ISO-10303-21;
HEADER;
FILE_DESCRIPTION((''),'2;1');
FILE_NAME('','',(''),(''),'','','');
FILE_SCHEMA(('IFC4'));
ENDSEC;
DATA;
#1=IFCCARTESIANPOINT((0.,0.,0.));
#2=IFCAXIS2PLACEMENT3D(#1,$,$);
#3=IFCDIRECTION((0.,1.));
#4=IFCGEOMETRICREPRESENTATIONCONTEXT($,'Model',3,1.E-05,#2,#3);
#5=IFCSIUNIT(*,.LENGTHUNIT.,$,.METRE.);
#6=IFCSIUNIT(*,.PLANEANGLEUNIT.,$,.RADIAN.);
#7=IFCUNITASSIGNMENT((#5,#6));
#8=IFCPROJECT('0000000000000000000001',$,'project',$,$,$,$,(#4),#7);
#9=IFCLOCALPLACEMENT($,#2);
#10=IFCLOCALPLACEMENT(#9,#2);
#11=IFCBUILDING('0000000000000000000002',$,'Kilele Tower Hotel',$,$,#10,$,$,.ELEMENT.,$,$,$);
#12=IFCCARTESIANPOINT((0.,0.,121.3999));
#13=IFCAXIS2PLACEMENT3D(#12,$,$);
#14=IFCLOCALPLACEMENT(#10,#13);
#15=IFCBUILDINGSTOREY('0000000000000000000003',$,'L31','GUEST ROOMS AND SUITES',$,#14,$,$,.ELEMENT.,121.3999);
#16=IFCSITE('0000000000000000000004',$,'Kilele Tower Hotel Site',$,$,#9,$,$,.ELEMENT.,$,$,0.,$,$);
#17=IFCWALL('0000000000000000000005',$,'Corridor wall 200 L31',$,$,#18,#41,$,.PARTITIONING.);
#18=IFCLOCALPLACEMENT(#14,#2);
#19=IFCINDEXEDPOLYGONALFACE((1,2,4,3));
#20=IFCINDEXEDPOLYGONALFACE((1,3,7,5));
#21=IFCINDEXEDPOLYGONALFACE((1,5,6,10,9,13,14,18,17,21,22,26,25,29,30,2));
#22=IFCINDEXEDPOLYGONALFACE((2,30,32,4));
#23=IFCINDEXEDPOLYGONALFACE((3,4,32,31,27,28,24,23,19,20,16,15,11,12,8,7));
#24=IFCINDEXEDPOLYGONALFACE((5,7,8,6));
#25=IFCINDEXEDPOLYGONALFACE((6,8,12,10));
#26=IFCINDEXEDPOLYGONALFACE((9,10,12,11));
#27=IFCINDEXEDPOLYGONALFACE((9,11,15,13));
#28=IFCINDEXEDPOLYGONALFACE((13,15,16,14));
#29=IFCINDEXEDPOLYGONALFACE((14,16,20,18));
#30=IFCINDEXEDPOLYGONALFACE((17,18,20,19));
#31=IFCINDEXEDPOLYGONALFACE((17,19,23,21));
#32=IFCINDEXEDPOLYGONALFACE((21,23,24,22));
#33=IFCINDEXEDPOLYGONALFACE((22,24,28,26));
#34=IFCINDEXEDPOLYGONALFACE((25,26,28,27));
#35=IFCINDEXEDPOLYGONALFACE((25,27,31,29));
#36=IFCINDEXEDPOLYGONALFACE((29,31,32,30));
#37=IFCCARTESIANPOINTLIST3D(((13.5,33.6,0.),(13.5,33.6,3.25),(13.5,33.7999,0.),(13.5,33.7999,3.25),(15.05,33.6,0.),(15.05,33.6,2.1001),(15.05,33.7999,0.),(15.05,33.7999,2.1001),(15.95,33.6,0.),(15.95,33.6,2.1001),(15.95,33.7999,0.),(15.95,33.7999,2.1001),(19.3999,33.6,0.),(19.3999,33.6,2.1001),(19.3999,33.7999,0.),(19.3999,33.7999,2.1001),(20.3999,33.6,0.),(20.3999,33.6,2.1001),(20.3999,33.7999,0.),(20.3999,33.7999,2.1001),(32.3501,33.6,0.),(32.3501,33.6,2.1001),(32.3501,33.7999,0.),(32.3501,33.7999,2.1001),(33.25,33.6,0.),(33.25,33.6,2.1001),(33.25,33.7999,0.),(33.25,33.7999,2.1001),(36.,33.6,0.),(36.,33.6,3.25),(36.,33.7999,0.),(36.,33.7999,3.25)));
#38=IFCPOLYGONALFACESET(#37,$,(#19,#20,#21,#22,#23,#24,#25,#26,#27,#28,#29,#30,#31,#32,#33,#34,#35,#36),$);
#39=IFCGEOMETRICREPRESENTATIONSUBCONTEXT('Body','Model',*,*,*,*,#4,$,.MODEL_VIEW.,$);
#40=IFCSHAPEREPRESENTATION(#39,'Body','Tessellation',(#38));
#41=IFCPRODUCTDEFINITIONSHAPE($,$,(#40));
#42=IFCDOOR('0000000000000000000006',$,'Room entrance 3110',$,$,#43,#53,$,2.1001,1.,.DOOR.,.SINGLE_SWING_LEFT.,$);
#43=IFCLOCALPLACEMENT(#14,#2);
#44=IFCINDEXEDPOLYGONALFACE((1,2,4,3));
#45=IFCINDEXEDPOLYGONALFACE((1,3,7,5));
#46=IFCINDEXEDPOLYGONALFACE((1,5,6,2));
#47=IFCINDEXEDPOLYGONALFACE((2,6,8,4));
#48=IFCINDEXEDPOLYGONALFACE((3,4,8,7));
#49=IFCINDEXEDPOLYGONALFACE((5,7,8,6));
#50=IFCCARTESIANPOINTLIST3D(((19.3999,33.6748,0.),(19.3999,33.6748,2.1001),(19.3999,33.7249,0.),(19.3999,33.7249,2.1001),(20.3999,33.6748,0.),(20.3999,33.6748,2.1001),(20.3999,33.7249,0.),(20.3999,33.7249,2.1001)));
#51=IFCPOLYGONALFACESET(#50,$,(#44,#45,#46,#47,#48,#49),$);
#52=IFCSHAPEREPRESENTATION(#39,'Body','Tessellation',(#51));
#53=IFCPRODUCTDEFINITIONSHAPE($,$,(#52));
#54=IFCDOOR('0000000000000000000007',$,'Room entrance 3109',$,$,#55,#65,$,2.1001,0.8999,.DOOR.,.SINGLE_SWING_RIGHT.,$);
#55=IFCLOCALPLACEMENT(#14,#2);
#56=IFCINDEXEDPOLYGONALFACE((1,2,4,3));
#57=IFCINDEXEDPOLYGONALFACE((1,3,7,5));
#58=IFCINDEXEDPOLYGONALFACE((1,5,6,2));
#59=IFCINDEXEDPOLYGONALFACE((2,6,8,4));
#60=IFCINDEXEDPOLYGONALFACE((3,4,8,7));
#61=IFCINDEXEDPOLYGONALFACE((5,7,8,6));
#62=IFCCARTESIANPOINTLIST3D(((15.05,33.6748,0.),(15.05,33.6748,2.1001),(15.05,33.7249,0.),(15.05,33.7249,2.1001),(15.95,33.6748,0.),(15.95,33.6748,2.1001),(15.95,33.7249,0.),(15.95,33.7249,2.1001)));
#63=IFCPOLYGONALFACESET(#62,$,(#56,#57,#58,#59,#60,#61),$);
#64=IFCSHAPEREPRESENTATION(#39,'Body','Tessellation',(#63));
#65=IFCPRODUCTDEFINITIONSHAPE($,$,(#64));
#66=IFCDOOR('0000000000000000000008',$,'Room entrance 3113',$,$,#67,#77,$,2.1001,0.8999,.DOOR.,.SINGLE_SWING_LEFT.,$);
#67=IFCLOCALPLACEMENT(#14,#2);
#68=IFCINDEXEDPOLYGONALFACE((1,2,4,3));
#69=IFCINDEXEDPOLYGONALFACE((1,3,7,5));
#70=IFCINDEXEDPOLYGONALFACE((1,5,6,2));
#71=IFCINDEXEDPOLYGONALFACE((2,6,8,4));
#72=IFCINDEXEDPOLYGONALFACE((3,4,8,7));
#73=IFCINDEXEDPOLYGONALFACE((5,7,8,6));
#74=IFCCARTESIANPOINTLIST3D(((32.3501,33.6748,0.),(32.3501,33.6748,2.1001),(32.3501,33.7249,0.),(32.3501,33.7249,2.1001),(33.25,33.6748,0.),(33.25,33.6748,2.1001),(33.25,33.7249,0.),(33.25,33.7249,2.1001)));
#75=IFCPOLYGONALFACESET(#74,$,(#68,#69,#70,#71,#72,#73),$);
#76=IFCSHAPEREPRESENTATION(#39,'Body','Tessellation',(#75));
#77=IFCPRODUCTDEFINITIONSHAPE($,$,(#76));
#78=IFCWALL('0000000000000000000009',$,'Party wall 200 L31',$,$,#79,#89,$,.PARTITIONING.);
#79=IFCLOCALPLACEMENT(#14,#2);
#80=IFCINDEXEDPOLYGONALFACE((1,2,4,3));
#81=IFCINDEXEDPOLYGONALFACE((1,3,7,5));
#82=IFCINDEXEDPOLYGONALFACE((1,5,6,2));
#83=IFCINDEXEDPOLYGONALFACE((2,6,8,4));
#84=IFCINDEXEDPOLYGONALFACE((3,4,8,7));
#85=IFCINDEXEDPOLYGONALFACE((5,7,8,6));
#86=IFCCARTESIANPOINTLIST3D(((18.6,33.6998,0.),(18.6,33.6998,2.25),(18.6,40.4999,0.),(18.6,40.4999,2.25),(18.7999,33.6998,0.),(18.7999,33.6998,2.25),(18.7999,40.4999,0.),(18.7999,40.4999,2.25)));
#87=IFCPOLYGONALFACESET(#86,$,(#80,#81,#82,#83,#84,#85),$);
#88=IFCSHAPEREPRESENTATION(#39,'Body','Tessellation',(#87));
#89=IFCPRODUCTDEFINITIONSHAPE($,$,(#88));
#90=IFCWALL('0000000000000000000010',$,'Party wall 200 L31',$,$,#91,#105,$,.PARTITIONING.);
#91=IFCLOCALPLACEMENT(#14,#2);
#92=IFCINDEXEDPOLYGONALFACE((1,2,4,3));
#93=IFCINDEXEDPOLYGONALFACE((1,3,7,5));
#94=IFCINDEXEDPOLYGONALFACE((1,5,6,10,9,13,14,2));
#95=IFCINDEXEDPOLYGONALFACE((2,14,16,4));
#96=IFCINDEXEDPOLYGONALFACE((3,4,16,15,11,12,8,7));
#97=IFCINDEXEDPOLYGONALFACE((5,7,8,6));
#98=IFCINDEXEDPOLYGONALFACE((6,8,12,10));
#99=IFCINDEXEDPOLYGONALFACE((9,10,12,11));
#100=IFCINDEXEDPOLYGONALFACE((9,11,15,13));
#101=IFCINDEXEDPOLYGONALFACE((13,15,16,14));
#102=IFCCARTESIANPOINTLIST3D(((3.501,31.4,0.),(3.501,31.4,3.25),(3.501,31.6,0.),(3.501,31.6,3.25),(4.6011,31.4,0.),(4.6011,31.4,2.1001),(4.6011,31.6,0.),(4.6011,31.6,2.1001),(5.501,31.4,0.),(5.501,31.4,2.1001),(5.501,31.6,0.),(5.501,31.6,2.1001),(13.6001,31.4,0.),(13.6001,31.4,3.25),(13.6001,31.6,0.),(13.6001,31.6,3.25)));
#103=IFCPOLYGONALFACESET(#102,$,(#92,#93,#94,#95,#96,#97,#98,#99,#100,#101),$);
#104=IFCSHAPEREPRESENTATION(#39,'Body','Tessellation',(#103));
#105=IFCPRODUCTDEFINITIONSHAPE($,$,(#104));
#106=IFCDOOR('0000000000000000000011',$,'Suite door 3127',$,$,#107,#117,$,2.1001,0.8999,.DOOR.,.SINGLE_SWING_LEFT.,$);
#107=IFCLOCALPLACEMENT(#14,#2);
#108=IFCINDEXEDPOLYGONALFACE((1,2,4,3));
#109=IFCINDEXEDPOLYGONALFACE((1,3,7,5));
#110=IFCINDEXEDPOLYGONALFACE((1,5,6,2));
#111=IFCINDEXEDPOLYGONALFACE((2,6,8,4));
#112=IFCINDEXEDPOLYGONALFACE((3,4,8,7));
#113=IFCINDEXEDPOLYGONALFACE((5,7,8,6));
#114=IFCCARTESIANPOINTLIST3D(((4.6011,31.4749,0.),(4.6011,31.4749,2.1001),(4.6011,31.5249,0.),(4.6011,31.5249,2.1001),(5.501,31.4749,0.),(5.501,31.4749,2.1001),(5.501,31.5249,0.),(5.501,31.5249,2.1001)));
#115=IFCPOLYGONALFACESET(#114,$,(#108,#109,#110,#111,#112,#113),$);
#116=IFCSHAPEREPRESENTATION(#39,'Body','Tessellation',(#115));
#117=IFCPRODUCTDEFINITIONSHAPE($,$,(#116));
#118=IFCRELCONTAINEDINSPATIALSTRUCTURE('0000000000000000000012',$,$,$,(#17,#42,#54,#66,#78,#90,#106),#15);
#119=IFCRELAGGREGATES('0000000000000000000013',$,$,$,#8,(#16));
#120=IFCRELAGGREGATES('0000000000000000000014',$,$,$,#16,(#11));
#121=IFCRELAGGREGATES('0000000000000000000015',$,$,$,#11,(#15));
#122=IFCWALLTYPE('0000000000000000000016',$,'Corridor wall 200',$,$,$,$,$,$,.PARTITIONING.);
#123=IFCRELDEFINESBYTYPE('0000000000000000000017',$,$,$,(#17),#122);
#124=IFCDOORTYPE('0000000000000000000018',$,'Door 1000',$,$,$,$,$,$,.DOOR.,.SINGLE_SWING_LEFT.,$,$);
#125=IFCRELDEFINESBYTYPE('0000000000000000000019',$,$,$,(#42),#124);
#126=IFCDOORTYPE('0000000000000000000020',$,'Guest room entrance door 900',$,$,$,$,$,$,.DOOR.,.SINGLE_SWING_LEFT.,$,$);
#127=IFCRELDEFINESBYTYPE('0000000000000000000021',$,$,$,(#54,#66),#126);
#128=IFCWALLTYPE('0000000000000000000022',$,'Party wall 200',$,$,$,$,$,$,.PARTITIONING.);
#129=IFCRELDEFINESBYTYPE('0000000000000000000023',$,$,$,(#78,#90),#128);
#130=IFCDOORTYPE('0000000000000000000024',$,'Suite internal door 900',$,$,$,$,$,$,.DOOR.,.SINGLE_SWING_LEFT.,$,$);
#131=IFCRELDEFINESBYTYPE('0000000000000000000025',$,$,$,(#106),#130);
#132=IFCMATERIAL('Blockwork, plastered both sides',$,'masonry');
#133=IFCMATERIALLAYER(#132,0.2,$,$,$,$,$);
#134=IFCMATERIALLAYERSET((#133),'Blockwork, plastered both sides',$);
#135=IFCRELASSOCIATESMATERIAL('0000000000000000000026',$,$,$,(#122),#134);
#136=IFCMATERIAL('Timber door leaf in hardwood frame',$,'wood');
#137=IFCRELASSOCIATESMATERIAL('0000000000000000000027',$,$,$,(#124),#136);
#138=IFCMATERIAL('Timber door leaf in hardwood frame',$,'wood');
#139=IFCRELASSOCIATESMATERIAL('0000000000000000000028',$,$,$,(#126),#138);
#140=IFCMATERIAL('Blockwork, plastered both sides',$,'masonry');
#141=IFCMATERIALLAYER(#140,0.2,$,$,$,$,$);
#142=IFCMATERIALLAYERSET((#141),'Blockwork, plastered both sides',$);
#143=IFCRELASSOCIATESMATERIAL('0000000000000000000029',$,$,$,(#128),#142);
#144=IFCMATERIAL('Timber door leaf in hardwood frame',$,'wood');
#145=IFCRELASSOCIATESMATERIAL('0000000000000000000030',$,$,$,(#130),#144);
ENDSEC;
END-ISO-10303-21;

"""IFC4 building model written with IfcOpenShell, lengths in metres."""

from ifc_helpers import new_model, si_unit, direction, frame, frame_2d, origin, place, context, subcontext, project, spatial, rectangle, extrude, material, layer, layer_set, type_object, element, fill, save


model = new_model("IFC4")

# Units and contexts
model_context = context("Model", 3, precision=1e-05, world=origin(), true_north=direction((0.0, 1.0)))
body_context = subcontext(model_context, "Body", "Model", "MODEL_VIEW")
ifc_project = project(units=[si_unit("LENGTHUNIT", "METRE"), si_unit("PLANEANGLEUNIT", "RADIAN")], contexts=[model_context])

# Site, building, storey
site_placement = place(None, origin())
site = spatial("IfcSite", under=ifc_project, at=site_placement, Name="Kilele Tower Hotel Site", CompositionType="ELEMENT", RefElevation=0.0)
building_placement = place(site_placement, origin())
building = spatial("IfcBuilding", under=site, at=building_placement, Name="Kilele Tower Hotel", CompositionType="ELEMENT")
storey_placement = place(building_placement, frame((0.0, 0.0, 121.3999)))
storey = spatial("IfcBuildingStorey", under=building, at=storey_placement, Name="L31", Description="GUEST ROOMS AND SUITES", CompositionType="ELEMENT", Elevation=121.3999)

# Wall, openings, doors
ifc_material_1 = material(Name="Blockwork, plastered both sides", Category="masonry")
ifc_layer_1 = layer(ifc_material_1, 0.2)
ifc_layer_set_1 = layer_set([ifc_layer_1], Name="Blockwork, plastered both sides")
wall_type_1 = type_object("IfcWallType", Name="Corridor wall 200", PredefinedType="PARTITIONING", material=ifc_layer_set_1)
wall_1_placement = place(storey_placement, frame((13.5, 33.7, 0.0), z_axis=(0.0, 0.0, 1.0), x_axis=(1.0, 0.0, 0.0)))
wall_1 = element("IfcWall", 1, at=wall_1_placement, inside=storey, type_object=wall_type_1, Name="Corridor wall 200 L31", PredefinedType="PARTITIONING", context=body_context, shape_type="SweptSolid", body=[
    extrude(rectangle(XDim=22.5, YDim=0.2, at=frame_2d((11.25, 0.0))), origin(), (0.0, 0.0, 1.0), 3.25),
])
opening_1_placement = place(wall_1_placement, frame((1.55, 0.0, 0.0)))
opening_1 = element("IfcOpeningElement", 2, at=opening_1_placement, cuts=wall_1, PredefinedType="OPENING", context=body_context, shape_type="SweptSolid", body=[
    extrude(rectangle(XDim=0.8999, YDim=2.1001, at=frame_2d((0.45, 1.05))), frame((0.0, 0.1099, 0.0), z_axis=(0.0, -1.0, 0.0), x_axis=(1.0, 0.0, 0.0)), (0.0, 0.0, 1.0), 0.22),
])
opening_2_placement = place(wall_1_placement, frame((5.8999, 0.0, 0.0)))
opening_2 = element("IfcOpeningElement", 3, at=opening_2_placement, cuts=wall_1, PredefinedType="OPENING", context=body_context, shape_type="SweptSolid", body=[
    extrude(rectangle(XDim=1.0, YDim=2.1001, at=frame_2d((0.5, 1.05))), frame((0.0, 0.1099, 0.0), z_axis=(0.0, -1.0, 0.0), x_axis=(1.0, 0.0, 0.0)), (0.0, 0.0, 1.0), 0.22),
])
opening_3_placement = place(wall_1_placement, frame((18.8501, 0.0, 0.0)))
opening_3 = element("IfcOpeningElement", 4, at=opening_3_placement, cuts=wall_1, PredefinedType="OPENING", context=body_context, shape_type="SweptSolid", body=[
    extrude(rectangle(XDim=0.8999, YDim=2.1001, at=frame_2d((0.45, 1.05))), frame((0.0, 0.1099, 0.0), z_axis=(0.0, -1.0, 0.0), x_axis=(1.0, 0.0, 0.0)), (0.0, 0.0, 1.0), 0.22),
])
ifc_material_2 = material(Name="Timber door leaf in hardwood frame", Category="wood")
door_type_1 = type_object("IfcDoorType", Name="Door 1000", OperationType="SINGLE_SWING_LEFT", PredefinedType="DOOR", material=ifc_material_2)
door_1_placement = place(opening_2_placement, origin())
door_1 = element("IfcDoor", 5, at=door_1_placement, inside=storey, type_object=door_type_1, Name="Room entrance 3110", OperationType="SINGLE_SWING_LEFT", OverallHeight=2.1001, OverallWidth=1.0, PredefinedType="DOOR", context=body_context, shape_type="SweptSolid", body=[
    extrude(rectangle(XDim=1.0, YDim=2.1001, at=frame_2d((0.5, 1.05))), frame((0.0, 0.0249, 0.0), z_axis=(0.0, -1.0, 0.0), x_axis=(1.0, 0.0, 0.0)), (0.0, 0.0, 1.0), 0.05),
])
fill(opening_2, door_1)
ifc_material_3 = material(Name="Timber door leaf in hardwood frame", Category="wood")
door_type_2 = type_object("IfcDoorType", Name="Guest room entrance door 900", OperationType="SINGLE_SWING_LEFT", PredefinedType="DOOR", material=ifc_material_3)
door_2_placement = place(opening_1_placement, origin())
door_2 = element("IfcDoor", 6, at=door_2_placement, inside=storey, type_object=door_type_2, Name="Room entrance 3109", OperationType="SINGLE_SWING_RIGHT", OverallHeight=2.1001, OverallWidth=0.8999, PredefinedType="DOOR", context=body_context, shape_type="SweptSolid", body=[
    extrude(rectangle(XDim=0.8999, YDim=2.1001, at=frame_2d((0.45, 1.05))), frame((0.0, 0.0249, 0.0), z_axis=(0.0, -1.0, 0.0), x_axis=(1.0, 0.0, 0.0)), (0.0, 0.0, 1.0), 0.05),
])
fill(opening_1, door_2)
door_3_placement = place(opening_3_placement, origin())
door_3 = element("IfcDoor", 7, at=door_3_placement, inside=storey, type_object=door_type_2, Name="Room entrance 3113", OperationType="SINGLE_SWING_LEFT", OverallHeight=2.1001, OverallWidth=0.8999, PredefinedType="DOOR", context=body_context, shape_type="SweptSolid", body=[
    extrude(rectangle(XDim=0.8999, YDim=2.1001, at=frame_2d((0.45, 1.05))), frame((0.0, 0.0249, 0.0), z_axis=(0.0, -1.0, 0.0), x_axis=(1.0, 0.0, 0.0)), (0.0, 0.0, 1.0), 0.05),
])
fill(opening_3, door_3)

# Wall
ifc_material_4 = material(Name="Blockwork, plastered both sides", Category="masonry")
ifc_layer_2 = layer(ifc_material_4, 0.2)
ifc_layer_set_2 = layer_set([ifc_layer_2], Name="Blockwork, plastered both sides")
wall_type_2 = type_object("IfcWallType", Name="Party wall 200", PredefinedType="PARTITIONING", material=ifc_layer_set_2)
wall_2_placement = place(storey_placement, frame((18.7, 33.7, 0.0), z_axis=(0.0, 0.0, 1.0), x_axis=(0.0, 1.0, 0.0)))
element("IfcWall", 8, at=wall_2_placement, inside=storey, type_object=wall_type_2, Name="Party wall 200 L31", PredefinedType="PARTITIONING", context=body_context, shape_type="SweptSolid", body=[
    extrude(rectangle(XDim=6.8, YDim=0.2, at=frame_2d((3.3999, 0.0))), origin(), (0.0, 0.0, 1.0), 2.25),
])

# Wall, opening, door
wall_3_placement = place(storey_placement, frame((13.6001, 31.5, 0.0), z_axis=(0.0, 0.0, 1.0), x_axis=(-1.0, 0.0, 0.0)))
wall_3 = element("IfcWall", 9, at=wall_3_placement, inside=storey, type_object=wall_type_2, Name="Party wall 200 L31", PredefinedType="PARTITIONING", context=body_context, shape_type="SweptSolid", body=[
    extrude(rectangle(XDim=10.0991, YDim=0.2, at=frame_2d((5.0496, 0.0))), origin(), (0.0, 0.0, 1.0), 3.25),
])
opening_4_placement = place(wall_3_placement, frame((8.999, 0.0, 0.0), z_axis=(0.0, 0.0, 1.0), x_axis=(-1.0, 0.0, 0.0)))
opening_4 = element("IfcOpeningElement", 10, at=opening_4_placement, cuts=wall_3, PredefinedType="OPENING", context=body_context, shape_type="SweptSolid", body=[
    extrude(rectangle(XDim=0.8999, YDim=2.1001, at=frame_2d((0.45, 1.05))), frame((0.0, 0.1099, 0.0), z_axis=(0.0, -1.0, 0.0), x_axis=(1.0, 0.0, 0.0)), (0.0, 0.0, 1.0), 0.22),
])
ifc_material_5 = material(Name="Timber door leaf in hardwood frame", Category="wood")
door_type_3 = type_object("IfcDoorType", Name="Suite internal door 900", OperationType="SINGLE_SWING_LEFT", PredefinedType="DOOR", material=ifc_material_5)
door_4_placement = place(opening_4_placement, origin())
door_4 = element("IfcDoor", 11, at=door_4_placement, inside=storey, type_object=door_type_3, Name="Suite door 3127", OperationType="SINGLE_SWING_LEFT", OverallHeight=2.1001, OverallWidth=0.8999, PredefinedType="DOOR", context=body_context, shape_type="SweptSolid", body=[
    extrude(rectangle(XDim=0.8999, YDim=2.1001, at=frame_2d((0.45, 1.05))), frame((0.0, 0.0249, 0.0), z_axis=(0.0, -1.0, 0.0), x_axis=(1.0, 0.0, 0.0)), (0.0, 0.0, 1.0), 0.05),
])
fill(opening_4, door_4)

save(model, "model.ifc")
